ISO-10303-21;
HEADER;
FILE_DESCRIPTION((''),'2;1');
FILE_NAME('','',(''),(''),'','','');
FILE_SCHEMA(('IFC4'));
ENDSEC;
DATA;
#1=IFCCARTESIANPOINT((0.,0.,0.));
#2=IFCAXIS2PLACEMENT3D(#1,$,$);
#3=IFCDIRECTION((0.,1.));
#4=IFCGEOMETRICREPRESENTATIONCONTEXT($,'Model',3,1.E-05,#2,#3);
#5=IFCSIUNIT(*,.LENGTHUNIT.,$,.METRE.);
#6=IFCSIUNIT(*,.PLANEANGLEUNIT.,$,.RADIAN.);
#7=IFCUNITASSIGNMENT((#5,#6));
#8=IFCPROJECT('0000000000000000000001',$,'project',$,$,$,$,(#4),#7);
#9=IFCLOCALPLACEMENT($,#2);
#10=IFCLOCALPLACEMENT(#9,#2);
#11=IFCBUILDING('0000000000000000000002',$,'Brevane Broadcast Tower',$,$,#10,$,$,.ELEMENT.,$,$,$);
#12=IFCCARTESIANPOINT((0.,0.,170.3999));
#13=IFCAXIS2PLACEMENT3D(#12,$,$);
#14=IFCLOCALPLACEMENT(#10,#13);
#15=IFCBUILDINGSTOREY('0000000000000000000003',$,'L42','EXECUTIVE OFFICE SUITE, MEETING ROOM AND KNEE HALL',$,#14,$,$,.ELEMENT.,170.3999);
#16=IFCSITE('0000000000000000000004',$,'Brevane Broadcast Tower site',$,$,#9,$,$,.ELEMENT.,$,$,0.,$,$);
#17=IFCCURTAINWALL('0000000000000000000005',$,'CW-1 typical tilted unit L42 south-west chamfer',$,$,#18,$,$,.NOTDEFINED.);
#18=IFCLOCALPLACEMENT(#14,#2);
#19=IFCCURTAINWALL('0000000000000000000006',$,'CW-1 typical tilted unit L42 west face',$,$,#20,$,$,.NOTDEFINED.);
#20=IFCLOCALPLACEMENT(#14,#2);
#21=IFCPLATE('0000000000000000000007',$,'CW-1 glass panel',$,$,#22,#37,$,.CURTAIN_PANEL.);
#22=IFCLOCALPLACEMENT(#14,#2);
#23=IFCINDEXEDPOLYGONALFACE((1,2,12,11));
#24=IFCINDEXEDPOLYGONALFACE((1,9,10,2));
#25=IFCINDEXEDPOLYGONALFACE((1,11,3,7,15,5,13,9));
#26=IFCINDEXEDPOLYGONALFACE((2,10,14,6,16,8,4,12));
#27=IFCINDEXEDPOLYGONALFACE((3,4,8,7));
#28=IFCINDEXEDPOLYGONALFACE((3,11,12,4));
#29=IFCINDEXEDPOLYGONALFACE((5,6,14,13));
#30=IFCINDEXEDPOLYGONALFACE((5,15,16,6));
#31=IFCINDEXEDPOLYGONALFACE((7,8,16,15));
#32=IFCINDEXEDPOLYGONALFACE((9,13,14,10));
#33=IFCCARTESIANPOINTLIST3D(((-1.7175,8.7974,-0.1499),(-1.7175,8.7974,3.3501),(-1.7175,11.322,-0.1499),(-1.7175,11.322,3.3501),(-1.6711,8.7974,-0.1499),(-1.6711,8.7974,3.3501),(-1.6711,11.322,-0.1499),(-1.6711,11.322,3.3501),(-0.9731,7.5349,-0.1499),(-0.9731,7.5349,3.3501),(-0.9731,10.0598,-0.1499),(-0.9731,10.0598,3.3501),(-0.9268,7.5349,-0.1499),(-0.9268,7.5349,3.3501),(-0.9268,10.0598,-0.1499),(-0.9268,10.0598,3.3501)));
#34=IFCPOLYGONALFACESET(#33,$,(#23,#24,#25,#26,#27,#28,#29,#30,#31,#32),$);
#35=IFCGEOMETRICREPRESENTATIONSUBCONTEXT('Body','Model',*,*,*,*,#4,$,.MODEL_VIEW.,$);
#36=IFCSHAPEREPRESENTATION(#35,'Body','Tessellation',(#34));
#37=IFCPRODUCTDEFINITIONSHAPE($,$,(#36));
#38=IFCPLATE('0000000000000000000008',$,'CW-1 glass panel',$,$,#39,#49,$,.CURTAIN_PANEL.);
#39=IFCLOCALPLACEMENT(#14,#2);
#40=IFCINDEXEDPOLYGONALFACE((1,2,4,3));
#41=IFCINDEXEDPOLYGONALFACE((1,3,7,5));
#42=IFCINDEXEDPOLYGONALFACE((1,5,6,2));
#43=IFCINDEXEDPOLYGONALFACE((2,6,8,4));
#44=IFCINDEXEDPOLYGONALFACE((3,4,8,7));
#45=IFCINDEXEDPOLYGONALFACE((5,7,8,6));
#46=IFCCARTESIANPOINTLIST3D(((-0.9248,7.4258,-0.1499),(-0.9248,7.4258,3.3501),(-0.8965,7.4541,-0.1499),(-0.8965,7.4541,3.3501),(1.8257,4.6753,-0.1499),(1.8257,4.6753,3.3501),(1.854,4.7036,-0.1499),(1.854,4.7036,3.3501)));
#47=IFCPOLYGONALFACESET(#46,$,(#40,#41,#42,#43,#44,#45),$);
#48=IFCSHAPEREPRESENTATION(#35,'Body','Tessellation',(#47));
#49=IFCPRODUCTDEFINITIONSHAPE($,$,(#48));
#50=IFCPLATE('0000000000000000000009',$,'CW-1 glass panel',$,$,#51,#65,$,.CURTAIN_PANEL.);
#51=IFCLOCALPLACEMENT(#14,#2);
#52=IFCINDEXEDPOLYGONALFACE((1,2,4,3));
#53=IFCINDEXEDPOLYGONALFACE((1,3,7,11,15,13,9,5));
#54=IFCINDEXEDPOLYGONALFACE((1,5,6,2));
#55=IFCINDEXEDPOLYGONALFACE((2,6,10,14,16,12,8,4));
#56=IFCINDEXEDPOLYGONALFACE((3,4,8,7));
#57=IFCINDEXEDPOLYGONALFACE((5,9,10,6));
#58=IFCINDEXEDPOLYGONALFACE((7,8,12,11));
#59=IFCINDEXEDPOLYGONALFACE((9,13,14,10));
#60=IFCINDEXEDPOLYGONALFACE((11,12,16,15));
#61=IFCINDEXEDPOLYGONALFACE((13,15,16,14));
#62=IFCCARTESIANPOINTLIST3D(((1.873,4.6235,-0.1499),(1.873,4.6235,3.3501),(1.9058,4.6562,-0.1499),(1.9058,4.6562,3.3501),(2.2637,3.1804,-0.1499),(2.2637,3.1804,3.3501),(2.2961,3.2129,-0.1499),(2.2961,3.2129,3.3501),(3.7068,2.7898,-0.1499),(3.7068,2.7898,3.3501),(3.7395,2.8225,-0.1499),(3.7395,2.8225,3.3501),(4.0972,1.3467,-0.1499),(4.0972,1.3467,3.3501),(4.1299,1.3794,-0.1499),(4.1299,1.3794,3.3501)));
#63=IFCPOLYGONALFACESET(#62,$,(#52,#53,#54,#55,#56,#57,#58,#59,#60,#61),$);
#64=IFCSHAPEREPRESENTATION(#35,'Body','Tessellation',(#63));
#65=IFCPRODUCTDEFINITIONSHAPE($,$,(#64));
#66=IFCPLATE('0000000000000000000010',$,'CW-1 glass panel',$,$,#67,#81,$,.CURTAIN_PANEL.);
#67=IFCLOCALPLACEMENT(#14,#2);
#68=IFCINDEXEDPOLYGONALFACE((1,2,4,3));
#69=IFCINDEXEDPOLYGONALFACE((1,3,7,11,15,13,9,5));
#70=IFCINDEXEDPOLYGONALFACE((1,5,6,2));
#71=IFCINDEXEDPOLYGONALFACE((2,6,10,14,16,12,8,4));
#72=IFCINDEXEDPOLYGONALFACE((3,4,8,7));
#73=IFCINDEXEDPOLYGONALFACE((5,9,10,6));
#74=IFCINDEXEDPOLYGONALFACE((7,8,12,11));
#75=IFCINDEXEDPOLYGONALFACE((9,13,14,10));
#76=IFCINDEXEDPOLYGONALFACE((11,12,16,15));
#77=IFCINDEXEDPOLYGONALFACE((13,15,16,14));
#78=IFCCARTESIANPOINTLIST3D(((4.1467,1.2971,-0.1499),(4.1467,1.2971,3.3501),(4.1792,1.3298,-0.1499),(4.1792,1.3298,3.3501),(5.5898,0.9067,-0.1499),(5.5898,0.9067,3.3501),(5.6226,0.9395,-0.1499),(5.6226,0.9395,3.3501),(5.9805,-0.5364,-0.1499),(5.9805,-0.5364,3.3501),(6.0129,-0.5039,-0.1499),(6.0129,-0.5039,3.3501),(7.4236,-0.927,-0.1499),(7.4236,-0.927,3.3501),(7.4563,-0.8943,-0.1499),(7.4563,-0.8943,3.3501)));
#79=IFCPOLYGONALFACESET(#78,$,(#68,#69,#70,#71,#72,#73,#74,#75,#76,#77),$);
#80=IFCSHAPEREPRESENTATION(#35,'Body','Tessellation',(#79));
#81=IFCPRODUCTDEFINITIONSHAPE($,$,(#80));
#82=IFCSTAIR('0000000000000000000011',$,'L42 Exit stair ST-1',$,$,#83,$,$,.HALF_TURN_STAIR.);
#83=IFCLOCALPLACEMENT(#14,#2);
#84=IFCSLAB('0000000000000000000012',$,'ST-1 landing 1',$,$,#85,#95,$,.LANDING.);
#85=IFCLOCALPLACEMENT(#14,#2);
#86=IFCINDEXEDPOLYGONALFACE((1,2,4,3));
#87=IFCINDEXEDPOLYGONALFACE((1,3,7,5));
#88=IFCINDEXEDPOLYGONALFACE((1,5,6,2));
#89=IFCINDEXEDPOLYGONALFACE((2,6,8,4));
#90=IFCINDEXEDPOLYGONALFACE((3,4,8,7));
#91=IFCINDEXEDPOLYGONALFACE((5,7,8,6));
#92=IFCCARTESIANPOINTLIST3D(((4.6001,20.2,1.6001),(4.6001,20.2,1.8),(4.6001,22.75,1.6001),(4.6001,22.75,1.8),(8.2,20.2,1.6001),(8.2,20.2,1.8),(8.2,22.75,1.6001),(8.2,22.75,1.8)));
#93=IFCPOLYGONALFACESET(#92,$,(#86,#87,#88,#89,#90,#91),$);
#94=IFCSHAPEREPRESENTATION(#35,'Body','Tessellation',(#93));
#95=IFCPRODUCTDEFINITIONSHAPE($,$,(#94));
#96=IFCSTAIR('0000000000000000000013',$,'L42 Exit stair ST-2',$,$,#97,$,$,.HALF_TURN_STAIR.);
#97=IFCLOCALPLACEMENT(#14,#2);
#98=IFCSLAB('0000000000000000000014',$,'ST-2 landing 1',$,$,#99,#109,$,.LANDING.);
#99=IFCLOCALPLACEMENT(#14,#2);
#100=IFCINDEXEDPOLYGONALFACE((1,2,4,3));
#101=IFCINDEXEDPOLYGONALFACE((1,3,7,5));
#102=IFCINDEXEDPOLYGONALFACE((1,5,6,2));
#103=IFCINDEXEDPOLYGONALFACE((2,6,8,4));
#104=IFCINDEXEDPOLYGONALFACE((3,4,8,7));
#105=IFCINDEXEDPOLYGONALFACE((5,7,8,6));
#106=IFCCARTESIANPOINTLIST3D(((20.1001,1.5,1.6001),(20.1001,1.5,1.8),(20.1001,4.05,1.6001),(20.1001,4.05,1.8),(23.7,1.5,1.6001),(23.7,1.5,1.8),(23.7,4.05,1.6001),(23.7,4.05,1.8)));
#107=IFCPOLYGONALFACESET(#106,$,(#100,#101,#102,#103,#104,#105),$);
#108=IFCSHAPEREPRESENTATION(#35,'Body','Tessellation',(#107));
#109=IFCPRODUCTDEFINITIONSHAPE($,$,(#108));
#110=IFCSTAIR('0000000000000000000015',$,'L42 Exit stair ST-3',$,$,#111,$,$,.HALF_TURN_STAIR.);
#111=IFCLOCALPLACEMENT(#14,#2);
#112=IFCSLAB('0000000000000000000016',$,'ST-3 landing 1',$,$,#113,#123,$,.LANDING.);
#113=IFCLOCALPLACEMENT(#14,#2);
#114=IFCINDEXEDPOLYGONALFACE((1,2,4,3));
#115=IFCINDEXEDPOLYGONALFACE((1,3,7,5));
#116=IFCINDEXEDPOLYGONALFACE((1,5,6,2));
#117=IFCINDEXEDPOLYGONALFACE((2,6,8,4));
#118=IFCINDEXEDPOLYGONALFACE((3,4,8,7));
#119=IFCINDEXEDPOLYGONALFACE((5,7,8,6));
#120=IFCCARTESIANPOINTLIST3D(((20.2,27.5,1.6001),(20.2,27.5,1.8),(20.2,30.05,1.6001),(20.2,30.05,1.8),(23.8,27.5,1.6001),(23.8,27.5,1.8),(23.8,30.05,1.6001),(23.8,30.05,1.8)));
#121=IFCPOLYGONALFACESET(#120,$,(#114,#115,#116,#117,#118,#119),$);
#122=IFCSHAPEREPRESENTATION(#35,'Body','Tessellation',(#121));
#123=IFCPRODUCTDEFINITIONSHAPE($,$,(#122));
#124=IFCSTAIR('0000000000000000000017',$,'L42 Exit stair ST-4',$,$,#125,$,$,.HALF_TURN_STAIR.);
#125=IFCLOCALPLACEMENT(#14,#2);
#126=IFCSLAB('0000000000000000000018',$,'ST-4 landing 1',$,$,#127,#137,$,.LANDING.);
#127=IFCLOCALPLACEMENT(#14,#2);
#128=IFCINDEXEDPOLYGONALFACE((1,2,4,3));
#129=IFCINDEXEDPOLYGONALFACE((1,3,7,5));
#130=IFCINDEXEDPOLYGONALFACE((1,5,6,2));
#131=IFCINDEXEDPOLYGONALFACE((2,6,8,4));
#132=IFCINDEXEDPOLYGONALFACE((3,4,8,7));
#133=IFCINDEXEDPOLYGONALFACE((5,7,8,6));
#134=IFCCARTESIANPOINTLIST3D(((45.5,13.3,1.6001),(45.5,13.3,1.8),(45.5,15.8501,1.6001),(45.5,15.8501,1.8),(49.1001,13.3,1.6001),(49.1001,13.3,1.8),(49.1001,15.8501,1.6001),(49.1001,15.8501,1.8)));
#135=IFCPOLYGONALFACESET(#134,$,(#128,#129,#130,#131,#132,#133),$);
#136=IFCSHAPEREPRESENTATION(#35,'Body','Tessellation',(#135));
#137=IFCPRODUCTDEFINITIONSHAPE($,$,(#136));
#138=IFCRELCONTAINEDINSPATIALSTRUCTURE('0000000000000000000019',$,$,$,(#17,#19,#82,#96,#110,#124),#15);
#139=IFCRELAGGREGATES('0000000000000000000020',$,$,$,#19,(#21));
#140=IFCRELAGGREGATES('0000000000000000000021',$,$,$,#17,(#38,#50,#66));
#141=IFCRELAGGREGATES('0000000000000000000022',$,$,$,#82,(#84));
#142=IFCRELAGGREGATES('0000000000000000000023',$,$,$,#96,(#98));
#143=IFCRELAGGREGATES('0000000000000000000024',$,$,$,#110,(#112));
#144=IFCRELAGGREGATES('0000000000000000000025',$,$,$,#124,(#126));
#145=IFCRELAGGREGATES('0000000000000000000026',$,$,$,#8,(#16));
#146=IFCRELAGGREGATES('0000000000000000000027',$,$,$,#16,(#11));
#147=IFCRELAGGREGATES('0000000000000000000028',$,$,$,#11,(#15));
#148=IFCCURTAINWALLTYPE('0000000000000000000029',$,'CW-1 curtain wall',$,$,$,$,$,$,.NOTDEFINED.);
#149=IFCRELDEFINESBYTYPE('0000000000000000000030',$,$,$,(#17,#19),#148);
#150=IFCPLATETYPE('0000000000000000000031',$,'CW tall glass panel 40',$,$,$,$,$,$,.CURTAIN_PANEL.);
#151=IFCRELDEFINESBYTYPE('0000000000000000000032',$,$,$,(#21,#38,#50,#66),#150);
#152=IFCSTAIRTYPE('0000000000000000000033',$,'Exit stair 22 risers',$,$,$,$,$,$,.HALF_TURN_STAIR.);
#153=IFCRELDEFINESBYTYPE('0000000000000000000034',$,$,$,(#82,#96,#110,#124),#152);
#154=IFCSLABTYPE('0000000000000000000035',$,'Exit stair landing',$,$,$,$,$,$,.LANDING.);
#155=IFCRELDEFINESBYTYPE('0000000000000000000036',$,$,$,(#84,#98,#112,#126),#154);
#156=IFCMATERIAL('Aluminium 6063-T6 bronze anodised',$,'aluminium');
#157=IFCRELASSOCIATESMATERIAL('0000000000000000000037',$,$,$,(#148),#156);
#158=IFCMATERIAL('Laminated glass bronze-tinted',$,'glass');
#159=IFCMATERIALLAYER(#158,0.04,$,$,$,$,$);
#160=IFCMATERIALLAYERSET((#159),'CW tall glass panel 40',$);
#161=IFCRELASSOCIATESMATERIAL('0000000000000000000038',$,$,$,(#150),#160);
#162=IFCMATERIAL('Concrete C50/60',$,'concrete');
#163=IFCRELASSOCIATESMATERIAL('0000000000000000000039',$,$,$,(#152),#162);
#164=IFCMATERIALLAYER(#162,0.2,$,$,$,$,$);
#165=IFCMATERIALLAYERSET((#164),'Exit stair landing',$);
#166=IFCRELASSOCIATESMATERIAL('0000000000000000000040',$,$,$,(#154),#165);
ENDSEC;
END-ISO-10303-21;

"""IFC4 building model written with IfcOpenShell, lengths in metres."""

from ifc_helpers import new_model, si_unit, direction, frame, origin, place, context, subcontext, project, spatial, polyline, outline, extrude, material, layer, layer_set, type_object, element, aggregate, save


model = new_model("IFC4")

# Units and contexts
model_context = context("Model", 3, precision=1e-05, world=origin(), true_north=direction((0.0, 1.0)))
body_context = subcontext(model_context, "Body", "Model", "MODEL_VIEW")
ifc_project = project(units=[si_unit("LENGTHUNIT", "METRE"), si_unit("PLANEANGLEUNIT", "RADIAN")], contexts=[model_context])

# Site, building, storey
site_placement = place(None, origin())
site = spatial("IfcSite", under=ifc_project, at=site_placement, Name="Brevane Broadcast Tower site", CompositionType="ELEMENT", RefElevation=0.0)
building_placement = place(site_placement, origin())
building = spatial("IfcBuilding", under=site, at=building_placement, Name="Brevane Broadcast Tower", CompositionType="ELEMENT")
storey_placement = place(building_placement, frame((0.0, 0.0, 170.3999)))
storey = spatial("IfcBuildingStorey", under=building, at=storey_placement, Name="L42", Description="EXECUTIVE OFFICE SUITE, MEETING ROOM AND KNEE HALL", CompositionType="ELEMENT", Elevation=170.3999)

# Curtain wall
ifc_material_1 = material(Name="Aluminium 6063-T6 bronze anodised", Category="aluminium")
curtain_wall_type = type_object("IfcCurtainWallType", Name="CW-1 curtain wall", PredefinedType="NOTDEFINED", material=ifc_material_1)
curtain_wall_1_placement = place(storey_placement, origin())
curtain_wall_1 = element("IfcCurtainWall", 1, at=curtain_wall_1_placement, inside=storey, type_object=curtain_wall_type, Name="CW-1 typical tilted unit L42 south-west chamfer", PredefinedType="NOTDEFINED")

# Shared definitions
ifc_material_2 = material(Name="Laminated glass bronze-tinted", Category="glass")
ifc_layer_1 = layer(ifc_material_2, 0.04)
ifc_layer_set_1 = layer_set([ifc_layer_1], Name="CW tall glass panel 40")
plate_type = type_object("IfcPlateType", Name="CW tall glass panel 40", PredefinedType="CURTAIN_PANEL", material=ifc_layer_set_1)

# Curtain wall, plate
curtain_wall_2_placement = place(storey_placement, origin())
curtain_wall_2 = element("IfcCurtainWall", 2, at=curtain_wall_2_placement, inside=storey, type_object=curtain_wall_type, Name="CW-1 typical tilted unit L42 west face", PredefinedType="NOTDEFINED")
plate_1_placement = place(storey_placement, frame((0.0, 0.0, -0.1499)))
plate_1 = element("IfcPlate", 3, at=plate_1_placement, type_object=plate_type, Name="CW-1 glass panel", PredefinedType="CURTAIN_PANEL", context=body_context, shape_type="SweptSolid", body=[
    extrude(outline(polyline([(-1.6711, 11.322), (-1.7175, 11.322), (-0.9731, 10.0598), (-1.7175, 8.7974), (-0.9731, 7.5349), (-0.9268, 7.5349), (-1.6711, 8.7974), (-0.9268, 10.0598), (-1.6711, 11.322)])), origin(), (0.0, 0.0, 1.0), 3.5),
])
aggregate(curtain_wall_2, [plate_1])

# Plates
plate_2_placement = place(storey_placement, frame((0.0, 0.0, -0.1499)))
plate_2 = element("IfcPlate", 4, at=plate_2_placement, type_object=plate_type, Name="CW-1 glass panel", PredefinedType="CURTAIN_PANEL", context=body_context, shape_type="SweptSolid", body=[
    extrude(outline(polyline([(-0.8965, 7.4541), (1.854, 4.7036), (1.8257, 4.6753), (-0.9248, 7.4258), (-0.8965, 7.4541)])), origin(), (0.0, 0.0, 1.0), 3.5),
])
plate_3_placement = place(storey_placement, frame((0.0, 0.0, -0.1499)))
plate_3 = element("IfcPlate", 5, at=plate_3_placement, type_object=plate_type, Name="CW-1 glass panel", PredefinedType="CURTAIN_PANEL", context=body_context, shape_type="SweptSolid", body=[
    extrude(outline(polyline([(1.9058, 4.6562), (1.873, 4.6235), (2.2637, 3.1804), (3.7068, 2.7898), (4.0972, 1.3467), (4.1299, 1.3794), (3.7395, 2.8225), (2.2961, 3.2129), (1.9058, 4.6562)])), origin(), (0.0, 0.0, 1.0), 3.5),
])
plate_4_placement = place(storey_placement, frame((0.0, 0.0, -0.1499)))
plate_4 = element("IfcPlate", 6, at=plate_4_placement, type_object=plate_type, Name="CW-1 glass panel", PredefinedType="CURTAIN_PANEL", context=body_context, shape_type="SweptSolid", body=[
    extrude(outline(polyline([(4.1792, 1.3298), (4.1467, 1.2971), (5.5898, 0.9067), (5.9805, -0.5364), (7.4236, -0.927), (7.4563, -0.8943), (6.0129, -0.5039), (5.6226, 0.9395), (4.1792, 1.3298)])), origin(), (0.0, 0.0, 1.0), 3.5),
])
aggregate(curtain_wall_1, [plate_2, plate_3, plate_4])

# Stairs, slabs
ifc_material_3 = material(Name="Concrete C50/60", Category="concrete")
stair_type = type_object("IfcStairType", Name="Exit stair 22 risers", PredefinedType="HALF_TURN_STAIR", material=ifc_material_3)
stair_1_placement = place(storey_placement, origin())
stair_1 = element("IfcStair", 7, at=stair_1_placement, inside=storey, type_object=stair_type, Name="L42 Exit stair ST-1", PredefinedType="HALF_TURN_STAIR")
ifc_layer_2 = layer(ifc_material_3, 0.2)
ifc_layer_set_2 = layer_set([ifc_layer_2], Name="Exit stair landing")
slab_type_1 = type_object("IfcSlabType", Name="Exit stair landing", PredefinedType="LANDING", material=ifc_layer_set_2)
slab_1_placement = place(storey_placement, frame((0.0, 0.0, 1.6001)))
slab_1 = element("IfcSlab", 8, at=slab_1_placement, type_object=slab_type_1, Name="ST-1 landing 1", PredefinedType="LANDING", context=body_context, shape_type="SweptSolid", body=[
    extrude(outline(polyline([(4.6001, 20.2), (8.2, 20.2), (8.2, 22.75), (4.6001, 22.75), (4.6001, 20.2)])), origin(), (0.0, 0.0, 1.0), 0.2),
])
aggregate(stair_1, [slab_1])
stair_2_placement = place(storey_placement, origin())
stair_2 = element("IfcStair", 9, at=stair_2_placement, inside=storey, type_object=stair_type, Name="L42 Exit stair ST-2", PredefinedType="HALF_TURN_STAIR")
slab_2_placement = place(storey_placement, frame((0.0, 0.0, 1.6001)))
slab_2 = element("IfcSlab", 10, at=slab_2_placement, type_object=slab_type_1, Name="ST-2 landing 1", PredefinedType="LANDING", context=body_context, shape_type="SweptSolid", body=[
    extrude(outline(polyline([(20.1001, 1.5), (23.7, 1.5), (23.7, 4.05), (20.1001, 4.05), (20.1001, 1.5)])), origin(), (0.0, 0.0, 1.0), 0.2),
])
aggregate(stair_2, [slab_2])
stair_3_placement = place(storey_placement, origin())
stair_3 = element("IfcStair", 11, at=stair_3_placement, inside=storey, type_object=stair_type, Name="L42 Exit stair ST-3", PredefinedType="HALF_TURN_STAIR")
slab_3_placement = place(storey_placement, frame((0.0, 0.0, 1.6001)))
slab_3 = element("IfcSlab", 12, at=slab_3_placement, type_object=slab_type_1, Name="ST-3 landing 1", PredefinedType="LANDING", context=body_context, shape_type="SweptSolid", body=[
    extrude(outline(polyline([(20.2, 27.5), (23.8, 27.5), (23.8, 30.05), (20.2, 30.05), (20.2, 27.5)])), origin(), (0.0, 0.0, 1.0), 0.2),
])
aggregate(stair_3, [slab_3])
stair_4_placement = place(storey_placement, origin())
stair_4 = element("IfcStair", 13, at=stair_4_placement, inside=storey, type_object=stair_type, Name="L42 Exit stair ST-4", PredefinedType="HALF_TURN_STAIR")
slab_4_placement = place(storey_placement, frame((0.0, 0.0, 1.6001)))
slab_4 = element("IfcSlab", 14, at=slab_4_placement, type_object=slab_type_1, Name="ST-4 landing 1", PredefinedType="LANDING", context=body_context, shape_type="SweptSolid", body=[
    extrude(outline(polyline([(45.5, 13.3), (49.1001, 13.3), (49.1001, 15.8501), (45.5, 15.8501), (45.5, 13.3)])), origin(), (0.0, 0.0, 1.0), 0.2),
])
aggregate(stair_4, [slab_4])

save(model, "model.ifc")
